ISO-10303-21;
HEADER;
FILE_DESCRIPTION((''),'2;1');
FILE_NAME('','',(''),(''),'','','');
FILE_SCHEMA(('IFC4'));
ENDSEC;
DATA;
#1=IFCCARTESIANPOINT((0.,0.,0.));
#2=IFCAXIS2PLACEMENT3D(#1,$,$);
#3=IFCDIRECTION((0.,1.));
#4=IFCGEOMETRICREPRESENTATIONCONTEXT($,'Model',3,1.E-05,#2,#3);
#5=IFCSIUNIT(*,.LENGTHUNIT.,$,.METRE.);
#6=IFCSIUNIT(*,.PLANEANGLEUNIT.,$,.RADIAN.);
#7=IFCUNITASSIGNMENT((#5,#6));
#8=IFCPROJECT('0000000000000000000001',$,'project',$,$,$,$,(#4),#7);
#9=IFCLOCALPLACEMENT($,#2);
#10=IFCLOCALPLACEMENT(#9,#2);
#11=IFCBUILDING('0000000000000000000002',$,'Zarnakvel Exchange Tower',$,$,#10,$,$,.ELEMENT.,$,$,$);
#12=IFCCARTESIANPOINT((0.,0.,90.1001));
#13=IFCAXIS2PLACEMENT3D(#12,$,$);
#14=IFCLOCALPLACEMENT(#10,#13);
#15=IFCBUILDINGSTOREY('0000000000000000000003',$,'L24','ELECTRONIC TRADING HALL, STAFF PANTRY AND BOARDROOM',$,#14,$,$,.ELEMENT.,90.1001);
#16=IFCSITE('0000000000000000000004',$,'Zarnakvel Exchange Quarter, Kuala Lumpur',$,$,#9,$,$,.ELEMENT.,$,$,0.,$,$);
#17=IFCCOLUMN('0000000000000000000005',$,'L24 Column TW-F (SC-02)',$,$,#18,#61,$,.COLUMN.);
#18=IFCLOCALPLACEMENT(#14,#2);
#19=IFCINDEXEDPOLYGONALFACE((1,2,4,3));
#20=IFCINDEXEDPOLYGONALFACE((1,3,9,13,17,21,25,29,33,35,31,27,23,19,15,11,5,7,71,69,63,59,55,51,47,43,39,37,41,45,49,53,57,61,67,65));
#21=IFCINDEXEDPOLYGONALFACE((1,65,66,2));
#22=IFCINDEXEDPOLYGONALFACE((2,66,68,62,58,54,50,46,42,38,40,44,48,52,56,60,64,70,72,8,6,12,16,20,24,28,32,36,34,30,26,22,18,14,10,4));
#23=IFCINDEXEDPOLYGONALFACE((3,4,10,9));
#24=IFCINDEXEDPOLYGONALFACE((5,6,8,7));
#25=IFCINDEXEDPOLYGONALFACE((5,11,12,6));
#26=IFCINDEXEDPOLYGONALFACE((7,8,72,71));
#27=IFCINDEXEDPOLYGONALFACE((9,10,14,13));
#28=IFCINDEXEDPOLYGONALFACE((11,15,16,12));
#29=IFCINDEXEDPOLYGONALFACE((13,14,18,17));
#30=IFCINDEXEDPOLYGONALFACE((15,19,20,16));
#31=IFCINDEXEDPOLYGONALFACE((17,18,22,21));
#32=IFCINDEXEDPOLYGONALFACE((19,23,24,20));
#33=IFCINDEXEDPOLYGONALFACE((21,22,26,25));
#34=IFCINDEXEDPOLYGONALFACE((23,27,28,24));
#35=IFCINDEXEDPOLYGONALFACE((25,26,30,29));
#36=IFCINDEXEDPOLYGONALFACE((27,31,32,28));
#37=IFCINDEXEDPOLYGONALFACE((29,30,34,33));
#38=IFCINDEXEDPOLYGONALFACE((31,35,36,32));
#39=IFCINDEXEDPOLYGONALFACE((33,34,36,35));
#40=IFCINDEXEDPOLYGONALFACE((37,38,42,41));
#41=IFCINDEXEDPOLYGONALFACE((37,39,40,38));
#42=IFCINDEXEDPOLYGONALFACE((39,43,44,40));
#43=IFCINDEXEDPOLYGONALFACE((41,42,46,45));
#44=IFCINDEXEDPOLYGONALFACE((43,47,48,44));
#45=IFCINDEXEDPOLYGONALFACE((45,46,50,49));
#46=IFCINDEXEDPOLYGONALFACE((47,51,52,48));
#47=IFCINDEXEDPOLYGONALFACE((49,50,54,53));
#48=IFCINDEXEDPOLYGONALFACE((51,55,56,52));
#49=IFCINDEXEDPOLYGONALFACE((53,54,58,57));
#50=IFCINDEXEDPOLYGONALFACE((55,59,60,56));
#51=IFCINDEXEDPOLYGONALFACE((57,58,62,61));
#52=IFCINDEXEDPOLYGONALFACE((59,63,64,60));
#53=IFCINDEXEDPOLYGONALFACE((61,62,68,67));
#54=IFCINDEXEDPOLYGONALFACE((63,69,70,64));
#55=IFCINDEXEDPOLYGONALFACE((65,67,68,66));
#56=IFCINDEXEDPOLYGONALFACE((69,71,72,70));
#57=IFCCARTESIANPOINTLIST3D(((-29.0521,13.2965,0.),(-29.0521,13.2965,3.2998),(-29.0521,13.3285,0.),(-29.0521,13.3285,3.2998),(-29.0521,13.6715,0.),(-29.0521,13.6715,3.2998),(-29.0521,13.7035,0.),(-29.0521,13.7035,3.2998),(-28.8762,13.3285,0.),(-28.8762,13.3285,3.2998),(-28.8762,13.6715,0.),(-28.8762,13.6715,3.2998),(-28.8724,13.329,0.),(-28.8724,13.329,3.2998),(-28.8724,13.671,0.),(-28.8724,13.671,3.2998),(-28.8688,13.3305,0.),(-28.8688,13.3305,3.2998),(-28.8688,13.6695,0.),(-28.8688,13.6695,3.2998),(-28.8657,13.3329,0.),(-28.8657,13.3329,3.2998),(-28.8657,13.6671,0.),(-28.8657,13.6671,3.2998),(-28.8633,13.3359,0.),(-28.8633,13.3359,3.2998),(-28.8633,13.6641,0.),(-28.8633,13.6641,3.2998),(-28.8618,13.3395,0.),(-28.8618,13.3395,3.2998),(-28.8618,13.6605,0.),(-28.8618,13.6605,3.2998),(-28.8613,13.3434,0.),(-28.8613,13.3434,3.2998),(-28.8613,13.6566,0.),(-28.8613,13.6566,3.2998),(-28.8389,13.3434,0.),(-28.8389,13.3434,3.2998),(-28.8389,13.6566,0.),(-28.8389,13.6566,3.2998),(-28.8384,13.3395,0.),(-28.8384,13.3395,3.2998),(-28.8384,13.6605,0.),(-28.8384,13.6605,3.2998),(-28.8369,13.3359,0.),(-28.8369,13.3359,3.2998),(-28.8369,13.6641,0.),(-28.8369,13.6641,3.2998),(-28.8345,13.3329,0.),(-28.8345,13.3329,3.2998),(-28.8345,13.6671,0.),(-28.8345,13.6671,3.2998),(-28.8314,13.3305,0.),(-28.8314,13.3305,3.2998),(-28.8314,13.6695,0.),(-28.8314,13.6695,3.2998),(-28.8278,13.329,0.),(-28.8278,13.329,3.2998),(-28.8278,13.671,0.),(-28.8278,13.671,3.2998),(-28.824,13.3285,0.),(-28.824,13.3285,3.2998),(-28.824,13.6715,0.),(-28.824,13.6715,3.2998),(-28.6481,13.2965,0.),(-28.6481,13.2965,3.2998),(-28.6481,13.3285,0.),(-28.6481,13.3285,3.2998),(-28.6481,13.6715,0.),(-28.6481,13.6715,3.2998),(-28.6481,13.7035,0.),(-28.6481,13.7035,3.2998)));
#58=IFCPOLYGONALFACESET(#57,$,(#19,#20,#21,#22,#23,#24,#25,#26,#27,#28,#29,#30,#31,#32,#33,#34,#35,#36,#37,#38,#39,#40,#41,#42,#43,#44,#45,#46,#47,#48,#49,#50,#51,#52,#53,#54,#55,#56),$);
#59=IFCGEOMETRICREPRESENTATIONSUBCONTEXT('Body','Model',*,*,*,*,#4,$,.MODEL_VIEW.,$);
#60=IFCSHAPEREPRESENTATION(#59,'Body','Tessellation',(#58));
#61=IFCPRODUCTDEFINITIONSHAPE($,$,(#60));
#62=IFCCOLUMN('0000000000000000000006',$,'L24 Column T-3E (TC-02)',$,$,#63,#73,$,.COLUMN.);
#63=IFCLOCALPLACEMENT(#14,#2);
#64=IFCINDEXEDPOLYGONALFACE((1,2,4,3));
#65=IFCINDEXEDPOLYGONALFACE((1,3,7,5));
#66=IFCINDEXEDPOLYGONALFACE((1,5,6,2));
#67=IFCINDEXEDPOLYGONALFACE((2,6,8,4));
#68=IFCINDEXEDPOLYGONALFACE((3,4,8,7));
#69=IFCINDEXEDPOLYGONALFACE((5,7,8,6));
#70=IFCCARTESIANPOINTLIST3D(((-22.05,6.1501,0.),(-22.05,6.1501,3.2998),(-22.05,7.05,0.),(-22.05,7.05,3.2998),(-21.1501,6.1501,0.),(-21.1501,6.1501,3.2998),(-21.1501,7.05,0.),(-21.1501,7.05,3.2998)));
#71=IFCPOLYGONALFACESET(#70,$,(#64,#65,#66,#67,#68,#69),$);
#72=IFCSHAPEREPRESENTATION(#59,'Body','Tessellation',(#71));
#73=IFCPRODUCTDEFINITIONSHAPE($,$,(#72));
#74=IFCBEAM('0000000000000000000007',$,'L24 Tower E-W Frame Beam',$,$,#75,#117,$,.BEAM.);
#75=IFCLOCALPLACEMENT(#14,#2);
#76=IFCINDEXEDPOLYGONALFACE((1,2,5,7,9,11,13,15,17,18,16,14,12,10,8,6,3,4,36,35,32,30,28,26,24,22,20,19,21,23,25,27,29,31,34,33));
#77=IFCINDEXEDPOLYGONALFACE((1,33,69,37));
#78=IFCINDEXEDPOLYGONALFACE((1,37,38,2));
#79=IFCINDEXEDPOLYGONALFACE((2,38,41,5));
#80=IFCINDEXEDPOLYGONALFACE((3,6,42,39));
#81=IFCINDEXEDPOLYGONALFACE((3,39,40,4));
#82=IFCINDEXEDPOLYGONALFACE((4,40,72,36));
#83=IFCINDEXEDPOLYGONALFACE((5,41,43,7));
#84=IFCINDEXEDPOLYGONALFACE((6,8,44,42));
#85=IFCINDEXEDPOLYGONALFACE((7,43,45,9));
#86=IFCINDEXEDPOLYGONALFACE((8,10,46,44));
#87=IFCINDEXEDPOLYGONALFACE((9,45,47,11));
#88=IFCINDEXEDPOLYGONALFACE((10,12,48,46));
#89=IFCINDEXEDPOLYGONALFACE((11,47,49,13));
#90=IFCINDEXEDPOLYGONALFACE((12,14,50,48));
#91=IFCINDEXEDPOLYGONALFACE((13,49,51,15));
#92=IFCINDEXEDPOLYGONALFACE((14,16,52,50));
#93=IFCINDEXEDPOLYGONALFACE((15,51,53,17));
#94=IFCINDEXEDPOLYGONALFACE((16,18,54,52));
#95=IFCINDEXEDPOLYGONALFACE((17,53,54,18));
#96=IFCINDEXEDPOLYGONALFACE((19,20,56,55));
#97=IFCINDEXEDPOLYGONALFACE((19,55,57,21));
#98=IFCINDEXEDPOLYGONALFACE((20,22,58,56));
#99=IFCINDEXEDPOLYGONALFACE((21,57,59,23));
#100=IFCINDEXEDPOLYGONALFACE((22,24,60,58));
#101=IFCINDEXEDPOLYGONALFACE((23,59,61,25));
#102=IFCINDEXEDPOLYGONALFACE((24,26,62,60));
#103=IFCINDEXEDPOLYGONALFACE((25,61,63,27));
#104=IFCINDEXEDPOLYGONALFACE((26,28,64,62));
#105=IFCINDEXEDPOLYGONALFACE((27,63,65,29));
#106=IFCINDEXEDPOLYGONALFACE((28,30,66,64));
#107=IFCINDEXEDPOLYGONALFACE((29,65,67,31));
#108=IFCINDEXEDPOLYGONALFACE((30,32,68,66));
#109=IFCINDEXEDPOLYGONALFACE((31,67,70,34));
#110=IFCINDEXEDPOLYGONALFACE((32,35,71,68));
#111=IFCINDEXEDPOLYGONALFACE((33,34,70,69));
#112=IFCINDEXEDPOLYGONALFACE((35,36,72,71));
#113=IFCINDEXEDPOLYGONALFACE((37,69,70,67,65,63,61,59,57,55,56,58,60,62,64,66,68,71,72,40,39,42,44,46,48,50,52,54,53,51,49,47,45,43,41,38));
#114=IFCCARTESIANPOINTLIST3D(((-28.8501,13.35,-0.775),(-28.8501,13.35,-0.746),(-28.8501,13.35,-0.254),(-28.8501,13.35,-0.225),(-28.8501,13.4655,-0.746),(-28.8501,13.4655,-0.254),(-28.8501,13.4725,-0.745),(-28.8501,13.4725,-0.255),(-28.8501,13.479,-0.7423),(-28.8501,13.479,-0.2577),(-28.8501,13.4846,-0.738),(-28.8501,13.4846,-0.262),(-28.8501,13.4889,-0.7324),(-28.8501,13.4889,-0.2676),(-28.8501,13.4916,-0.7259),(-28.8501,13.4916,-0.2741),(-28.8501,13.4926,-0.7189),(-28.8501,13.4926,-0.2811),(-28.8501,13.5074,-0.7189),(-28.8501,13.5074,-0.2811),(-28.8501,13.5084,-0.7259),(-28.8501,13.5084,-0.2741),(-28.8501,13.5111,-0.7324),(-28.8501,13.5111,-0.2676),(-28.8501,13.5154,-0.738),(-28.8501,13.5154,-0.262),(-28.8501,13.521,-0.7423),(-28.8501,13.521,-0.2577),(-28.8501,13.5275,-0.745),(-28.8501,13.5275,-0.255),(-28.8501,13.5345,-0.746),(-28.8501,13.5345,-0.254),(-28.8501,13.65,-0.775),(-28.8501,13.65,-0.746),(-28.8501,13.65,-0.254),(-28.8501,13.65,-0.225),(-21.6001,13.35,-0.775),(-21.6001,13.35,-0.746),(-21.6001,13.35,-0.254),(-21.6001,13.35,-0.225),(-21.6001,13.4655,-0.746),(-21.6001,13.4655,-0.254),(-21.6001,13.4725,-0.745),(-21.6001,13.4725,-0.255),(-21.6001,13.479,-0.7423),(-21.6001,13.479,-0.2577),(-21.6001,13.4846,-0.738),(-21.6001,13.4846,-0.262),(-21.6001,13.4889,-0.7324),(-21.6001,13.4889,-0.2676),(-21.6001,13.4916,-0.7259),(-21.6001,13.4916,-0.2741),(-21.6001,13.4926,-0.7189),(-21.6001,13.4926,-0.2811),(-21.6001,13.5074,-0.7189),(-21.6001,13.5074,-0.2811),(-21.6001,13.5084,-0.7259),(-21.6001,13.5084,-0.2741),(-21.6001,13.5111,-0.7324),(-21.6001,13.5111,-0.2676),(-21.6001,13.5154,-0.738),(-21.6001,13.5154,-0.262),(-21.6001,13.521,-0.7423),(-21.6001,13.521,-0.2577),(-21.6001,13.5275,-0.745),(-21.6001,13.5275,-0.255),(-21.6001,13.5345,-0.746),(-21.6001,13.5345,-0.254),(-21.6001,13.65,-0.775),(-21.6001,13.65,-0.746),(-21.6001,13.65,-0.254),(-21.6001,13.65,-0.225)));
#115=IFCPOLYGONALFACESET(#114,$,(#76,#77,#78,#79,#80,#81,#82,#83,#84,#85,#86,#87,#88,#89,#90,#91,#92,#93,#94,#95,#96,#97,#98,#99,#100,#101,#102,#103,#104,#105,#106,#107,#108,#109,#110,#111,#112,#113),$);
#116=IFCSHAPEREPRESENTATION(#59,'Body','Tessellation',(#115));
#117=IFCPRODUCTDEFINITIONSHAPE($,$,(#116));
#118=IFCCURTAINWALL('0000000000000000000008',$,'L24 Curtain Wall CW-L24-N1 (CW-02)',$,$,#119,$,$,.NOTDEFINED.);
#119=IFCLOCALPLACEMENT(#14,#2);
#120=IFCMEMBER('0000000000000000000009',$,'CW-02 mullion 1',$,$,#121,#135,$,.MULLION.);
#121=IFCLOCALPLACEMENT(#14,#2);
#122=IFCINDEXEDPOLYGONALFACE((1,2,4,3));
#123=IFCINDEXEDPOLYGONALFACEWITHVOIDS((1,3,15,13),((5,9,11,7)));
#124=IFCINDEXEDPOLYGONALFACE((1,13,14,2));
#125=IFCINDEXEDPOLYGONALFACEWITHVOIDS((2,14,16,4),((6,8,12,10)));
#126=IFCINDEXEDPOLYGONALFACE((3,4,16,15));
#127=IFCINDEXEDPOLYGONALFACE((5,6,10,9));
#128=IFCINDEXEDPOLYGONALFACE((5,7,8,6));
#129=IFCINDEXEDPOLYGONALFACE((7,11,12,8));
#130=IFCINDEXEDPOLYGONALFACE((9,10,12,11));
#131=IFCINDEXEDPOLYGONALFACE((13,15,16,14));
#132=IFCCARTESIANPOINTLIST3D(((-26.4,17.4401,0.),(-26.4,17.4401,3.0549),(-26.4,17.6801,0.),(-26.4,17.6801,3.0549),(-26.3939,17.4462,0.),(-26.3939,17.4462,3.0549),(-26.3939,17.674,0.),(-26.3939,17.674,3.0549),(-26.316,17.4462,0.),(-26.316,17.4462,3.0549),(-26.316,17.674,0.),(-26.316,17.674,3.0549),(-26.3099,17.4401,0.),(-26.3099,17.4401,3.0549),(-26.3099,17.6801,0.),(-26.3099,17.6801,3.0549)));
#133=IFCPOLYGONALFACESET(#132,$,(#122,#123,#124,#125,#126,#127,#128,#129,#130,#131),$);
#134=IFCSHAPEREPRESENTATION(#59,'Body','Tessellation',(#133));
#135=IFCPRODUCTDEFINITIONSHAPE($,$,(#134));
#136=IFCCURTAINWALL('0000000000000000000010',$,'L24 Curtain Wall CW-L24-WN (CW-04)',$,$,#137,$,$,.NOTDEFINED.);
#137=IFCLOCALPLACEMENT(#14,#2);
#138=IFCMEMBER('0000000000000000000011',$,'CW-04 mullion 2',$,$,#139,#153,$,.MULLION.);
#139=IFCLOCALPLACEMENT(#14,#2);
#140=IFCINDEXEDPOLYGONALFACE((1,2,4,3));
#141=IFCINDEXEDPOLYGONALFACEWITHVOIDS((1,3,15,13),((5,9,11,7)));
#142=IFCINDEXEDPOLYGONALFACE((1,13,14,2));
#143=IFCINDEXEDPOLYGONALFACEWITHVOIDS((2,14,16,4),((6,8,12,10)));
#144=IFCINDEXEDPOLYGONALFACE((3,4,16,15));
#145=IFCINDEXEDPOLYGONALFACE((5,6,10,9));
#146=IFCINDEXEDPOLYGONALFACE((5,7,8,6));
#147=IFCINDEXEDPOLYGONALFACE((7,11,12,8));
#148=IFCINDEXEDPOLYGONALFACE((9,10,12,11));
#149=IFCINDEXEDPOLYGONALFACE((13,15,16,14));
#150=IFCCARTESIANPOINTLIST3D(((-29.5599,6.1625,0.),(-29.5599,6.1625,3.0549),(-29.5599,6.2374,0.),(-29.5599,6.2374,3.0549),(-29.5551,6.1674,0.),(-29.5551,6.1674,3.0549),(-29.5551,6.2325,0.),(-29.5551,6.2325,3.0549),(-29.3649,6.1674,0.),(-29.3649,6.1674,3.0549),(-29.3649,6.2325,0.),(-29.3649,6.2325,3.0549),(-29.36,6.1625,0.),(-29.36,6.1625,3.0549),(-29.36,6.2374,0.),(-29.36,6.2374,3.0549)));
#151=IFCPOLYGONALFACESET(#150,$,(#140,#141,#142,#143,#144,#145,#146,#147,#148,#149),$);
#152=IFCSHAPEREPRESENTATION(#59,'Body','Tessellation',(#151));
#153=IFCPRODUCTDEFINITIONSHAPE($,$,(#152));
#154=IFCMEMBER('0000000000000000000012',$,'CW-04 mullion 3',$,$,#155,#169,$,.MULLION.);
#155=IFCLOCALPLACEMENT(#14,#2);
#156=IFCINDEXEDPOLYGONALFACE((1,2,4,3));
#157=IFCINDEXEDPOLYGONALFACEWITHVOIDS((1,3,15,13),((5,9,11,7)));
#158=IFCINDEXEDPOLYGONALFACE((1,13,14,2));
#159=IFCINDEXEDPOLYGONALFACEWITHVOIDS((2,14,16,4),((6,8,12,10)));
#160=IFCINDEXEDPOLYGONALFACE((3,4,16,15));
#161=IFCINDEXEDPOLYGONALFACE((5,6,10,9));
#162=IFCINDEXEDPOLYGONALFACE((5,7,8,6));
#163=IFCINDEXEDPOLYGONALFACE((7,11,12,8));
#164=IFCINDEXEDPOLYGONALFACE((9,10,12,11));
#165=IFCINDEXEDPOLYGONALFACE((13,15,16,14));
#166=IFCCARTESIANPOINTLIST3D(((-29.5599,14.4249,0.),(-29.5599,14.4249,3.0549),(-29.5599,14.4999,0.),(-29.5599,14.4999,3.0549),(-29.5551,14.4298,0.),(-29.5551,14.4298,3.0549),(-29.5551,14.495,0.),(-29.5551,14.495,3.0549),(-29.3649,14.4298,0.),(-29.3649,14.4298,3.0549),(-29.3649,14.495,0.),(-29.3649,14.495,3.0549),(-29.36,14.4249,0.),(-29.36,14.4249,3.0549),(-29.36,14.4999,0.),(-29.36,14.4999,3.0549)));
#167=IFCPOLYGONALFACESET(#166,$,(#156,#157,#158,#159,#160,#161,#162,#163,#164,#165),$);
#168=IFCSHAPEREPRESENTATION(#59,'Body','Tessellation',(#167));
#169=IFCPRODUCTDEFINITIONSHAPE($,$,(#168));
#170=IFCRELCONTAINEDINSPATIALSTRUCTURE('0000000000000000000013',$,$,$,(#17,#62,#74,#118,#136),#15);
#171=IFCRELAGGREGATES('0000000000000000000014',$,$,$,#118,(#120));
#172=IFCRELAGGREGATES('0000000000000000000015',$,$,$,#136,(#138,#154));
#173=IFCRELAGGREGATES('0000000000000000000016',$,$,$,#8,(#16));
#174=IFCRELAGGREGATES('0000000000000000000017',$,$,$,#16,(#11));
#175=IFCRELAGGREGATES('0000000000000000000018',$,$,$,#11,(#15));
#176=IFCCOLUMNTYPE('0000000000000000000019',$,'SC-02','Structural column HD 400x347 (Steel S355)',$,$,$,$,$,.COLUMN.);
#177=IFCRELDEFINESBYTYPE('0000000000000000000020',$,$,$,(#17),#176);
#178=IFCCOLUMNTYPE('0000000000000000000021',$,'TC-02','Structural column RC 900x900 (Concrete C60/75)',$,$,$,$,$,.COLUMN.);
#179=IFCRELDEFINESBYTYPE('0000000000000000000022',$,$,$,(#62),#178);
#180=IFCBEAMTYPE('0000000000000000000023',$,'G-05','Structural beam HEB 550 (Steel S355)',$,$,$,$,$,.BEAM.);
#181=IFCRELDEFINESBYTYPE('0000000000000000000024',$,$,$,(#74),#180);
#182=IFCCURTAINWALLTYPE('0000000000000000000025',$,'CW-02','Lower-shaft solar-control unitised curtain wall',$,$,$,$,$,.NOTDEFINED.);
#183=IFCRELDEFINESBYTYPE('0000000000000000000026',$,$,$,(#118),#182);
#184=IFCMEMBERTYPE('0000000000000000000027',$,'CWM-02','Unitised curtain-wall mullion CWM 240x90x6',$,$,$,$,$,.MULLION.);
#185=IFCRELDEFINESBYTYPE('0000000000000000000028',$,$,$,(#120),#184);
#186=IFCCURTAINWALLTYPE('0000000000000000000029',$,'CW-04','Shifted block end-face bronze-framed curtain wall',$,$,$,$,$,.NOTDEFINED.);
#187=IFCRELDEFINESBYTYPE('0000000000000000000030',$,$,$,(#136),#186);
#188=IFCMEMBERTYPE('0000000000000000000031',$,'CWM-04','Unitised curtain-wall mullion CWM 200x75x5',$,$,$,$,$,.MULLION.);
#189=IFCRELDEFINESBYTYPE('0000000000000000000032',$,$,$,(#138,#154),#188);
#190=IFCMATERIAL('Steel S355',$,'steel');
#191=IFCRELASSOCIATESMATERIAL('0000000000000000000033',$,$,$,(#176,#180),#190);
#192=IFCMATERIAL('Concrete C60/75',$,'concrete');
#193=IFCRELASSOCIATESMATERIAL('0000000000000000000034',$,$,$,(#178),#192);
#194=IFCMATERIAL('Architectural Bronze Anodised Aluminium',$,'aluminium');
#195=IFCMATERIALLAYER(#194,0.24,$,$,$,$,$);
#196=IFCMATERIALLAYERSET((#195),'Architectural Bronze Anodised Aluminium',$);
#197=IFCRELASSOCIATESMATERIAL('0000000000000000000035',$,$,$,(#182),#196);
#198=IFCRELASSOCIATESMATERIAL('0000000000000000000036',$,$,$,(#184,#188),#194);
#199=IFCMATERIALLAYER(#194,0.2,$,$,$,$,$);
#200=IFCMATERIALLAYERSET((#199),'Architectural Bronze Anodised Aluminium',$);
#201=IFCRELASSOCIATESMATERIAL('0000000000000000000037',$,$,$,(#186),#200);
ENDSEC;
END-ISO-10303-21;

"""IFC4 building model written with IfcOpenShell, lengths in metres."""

from ifc_helpers import new_model, si_unit, direction, frame, origin, origin_2d, place, context, subcontext, project, spatial, rectangle, hollow_rectangle, i_section, extrude, source, transform, mapped, material, layer, layer_set, material_profile, profile_set, type_object, element, aggregate, save


model = new_model("IFC4")

# Units and contexts
model_context = context("Model", 3, precision=1e-05, world=origin(), true_north=direction((0.0, 1.0)))
body_context = subcontext(model_context, "Body", "Model", "MODEL_VIEW")
ifc_project = project(units=[si_unit("LENGTHUNIT", "METRE"), si_unit("PLANEANGLEUNIT", "RADIAN")], contexts=[model_context])

# Site, building, storey
site_placement = place(None, origin())
site = spatial("IfcSite", under=ifc_project, at=site_placement, Name="Zarnakvel Exchange Quarter, Kuala Lumpur", CompositionType="ELEMENT", RefElevation=0.0)
building_placement = place(site_placement, origin())
building = spatial("IfcBuilding", under=site, at=building_placement, Name="Zarnakvel Exchange Tower", CompositionType="ELEMENT")
storey_placement = place(building_placement, frame((0.0, 0.0, 90.1001)))
storey = spatial("IfcBuildingStorey", under=building, at=storey_placement, Name="L24", Description="ELECTRONIC TRADING HALL, STAFF PANTRY AND BOARDROOM", CompositionType="ELEMENT", Elevation=90.1001)

# Columns
ifc_material_1 = material(Name="Steel S355", Category="steel")
ifc_material_profile_1 = material_profile(ifc_material_1, i_section(OverallWidth=0.4041, OverallDepth=0.407, WebThickness=0.0225, FlangeThickness=0.032, FilletRadius=0.0149, at=origin_2d()))
ifc_profile_set_1 = profile_set([ifc_material_profile_1], Name="Steel S355")
column_type_1 = type_object("IfcColumnType", Name="SC-02", Description="Structural column HD 400x347 (Steel S355)", PredefinedType="COLUMN", material=ifc_profile_set_1)
column_1_placement = place(storey_placement, frame((-28.8501, 13.5, 0.0), z_axis=(0.0, 0.0, 1.0), x_axis=(1.0, 0.0, 0.0)))
element("IfcColumn", 1, at=column_1_placement, inside=storey, type_object=column_type_1, Name="L24 Column TW-F (SC-02)", PredefinedType="COLUMN", context=body_context, shape_type="SweptSolid", body=[
    extrude(i_section(OverallWidth=0.4041, OverallDepth=0.407, WebThickness=0.0225, FlangeThickness=0.032, FilletRadius=0.0149, at=origin_2d()), origin(), (0.0, 0.0, 1.0), 3.2998),
])
ifc_material_2 = material(Name="Concrete C60/75", Category="concrete")
ifc_material_profile_2 = material_profile(ifc_material_2, rectangle(XDim=0.8999, YDim=0.8999, at=origin_2d()))
ifc_profile_set_2 = profile_set([ifc_material_profile_2], Name="Concrete C60/75")
column_type_2 = type_object("IfcColumnType", Name="TC-02", Description="Structural column RC 900x900 (Concrete C60/75)", PredefinedType="COLUMN", material=ifc_profile_set_2)
column_2_placement = place(storey_placement, frame((-21.6001, 6.6001, 0.0), z_axis=(0.0, 0.0, 1.0), x_axis=(1.0, 0.0, 0.0)))
element("IfcColumn", 2, at=column_2_placement, inside=storey, type_object=column_type_2, Name="L24 Column T-3E (TC-02)", PredefinedType="COLUMN", context=body_context, shape_type="SweptSolid", body=[
    extrude(rectangle(XDim=0.8999, YDim=0.8999, at=origin_2d()), origin(), (0.0, 0.0, 1.0), 3.2998),
])

# Beam
ifc_material_profile_3 = material_profile(ifc_material_1, i_section(OverallWidth=0.3, OverallDepth=0.55, WebThickness=0.0149, FlangeThickness=0.0291, FilletRadius=0.0271, at=origin_2d()))
ifc_profile_set_3 = profile_set([ifc_material_profile_3], Name="Steel S355")
beam_type = type_object("IfcBeamType", Name="G-05", Description="Structural beam HEB 550 (Steel S355)", PredefinedType="BEAM", material=ifc_profile_set_3)
beam_placement = place(storey_placement, frame((-28.8501, 13.5, -0.5), z_axis=(1.0, 0.0, 0.0), x_axis=(0.0, 1.0, 0.0)))
element("IfcBeam", 3, at=beam_placement, inside=storey, type_object=beam_type, Name="L24 Tower E-W Frame Beam", PredefinedType="BEAM", context=body_context, shape_type="SweptSolid", body=[
    extrude(i_section(OverallWidth=0.3, OverallDepth=0.55, WebThickness=0.0149, FlangeThickness=0.0291, FilletRadius=0.0271, at=origin_2d()), origin(), (0.0, 0.0, 1.0), 7.25),
])

# Curtain wall, member
ifc_material_3 = material(Name="Architectural Bronze Anodised Aluminium", Category="aluminium")
ifc_layer_1 = layer(ifc_material_3, 0.24)
ifc_layer_set_1 = layer_set([ifc_layer_1], Name="Architectural Bronze Anodised Aluminium")
curtain_wall_type_1 = type_object("IfcCurtainWallType", Name="CW-02", Description="Lower-shaft solar-control unitised curtain wall", PredefinedType="NOTDEFINED", material=ifc_layer_set_1)
curtain_wall_1_placement = place(storey_placement, origin())
curtain_wall_1 = element("IfcCurtainWall", 4, at=curtain_wall_1_placement, inside=storey, type_object=curtain_wall_type_1, Name="L24 Curtain Wall CW-L24-N1 (CW-02)", PredefinedType="NOTDEFINED")
ifc_material_profile_4 = material_profile(ifc_material_3, hollow_rectangle(XDim=0.24, YDim=0.0901, WallThickness=0.0061, at=origin_2d()))
ifc_profile_set_4 = profile_set([ifc_material_profile_4], Name="Architectural Bronze Anodised Aluminium")
member_type_1 = type_object("IfcMemberType", Name="CWM-02", Description="Unitised curtain-wall mullion CWM 240x90x6", PredefinedType="MULLION", material=ifc_profile_set_4)
shared_shape_1 = source(origin(), body_context, "Body", "SweptSolid", [
    extrude(hollow_rectangle(XDim=0.24, YDim=0.0901, WallThickness=0.0061, at=origin_2d()), origin(), (0.0, 0.0, 1.0), 3.0549),
])
member_1_placement = place(storey_placement, frame((-26.355, 17.5601, 0.0), z_axis=(0.0, 0.0, 1.0), x_axis=(0.0, 1.0, 0.0)))
member_1 = element("IfcMember", 5, at=member_1_placement, type_object=member_type_1, Name="CW-02 mullion 1", PredefinedType="MULLION", context=body_context, shape_type="MappedRepresentation", body=[
    mapped(shared_shape_1, transform((0.0, 0.0, 0.0), x_axis=(1.0, 0.0, 0.0), y_axis=(0.0, 1.0, 0.0), z_axis=(0.0, 0.0, 1.0), scale=1.0)),
])

# Curtain wall, members
ifc_layer_2 = layer(ifc_material_3, 0.2)
ifc_layer_set_2 = layer_set([ifc_layer_2], Name="Architectural Bronze Anodised Aluminium")
curtain_wall_type_2 = type_object("IfcCurtainWallType", Name="CW-04", Description="Shifted block end-face bronze-framed curtain wall", PredefinedType="NOTDEFINED", material=ifc_layer_set_2)
curtain_wall_2_placement = place(storey_placement, origin())
curtain_wall_2 = element("IfcCurtainWall", 6, at=curtain_wall_2_placement, inside=storey, type_object=curtain_wall_type_2, Name="L24 Curtain Wall CW-L24-WN (CW-04)", PredefinedType="NOTDEFINED")
ifc_material_profile_5 = material_profile(ifc_material_3, hollow_rectangle(XDim=0.2, YDim=0.075, WallThickness=0.0049, at=origin_2d()))
ifc_profile_set_5 = profile_set([ifc_material_profile_5], Name="Architectural Bronze Anodised Aluminium")
member_type_2 = type_object("IfcMemberType", Name="CWM-04", Description="Unitised curtain-wall mullion CWM 200x75x5", PredefinedType="MULLION", material=ifc_profile_set_5)
shared_shape_2 = source(origin(), body_context, "Body", "SweptSolid", [
    extrude(hollow_rectangle(XDim=0.2, YDim=0.075, WallThickness=0.0049, at=origin_2d()), origin(), (0.0, 0.0, 1.0), 3.0549),
])
member_2_placement = place(storey_placement, frame((-29.46, 6.2, 0.0), z_axis=(0.0, 0.0, 1.0), x_axis=(-1.0, 0.0, 0.0)))
member_2 = element("IfcMember", 7, at=member_2_placement, type_object=member_type_2, Name="CW-04 mullion 2", PredefinedType="MULLION", context=body_context, shape_type="MappedRepresentation", body=[
    mapped(shared_shape_2, transform((0.0, 0.0, 0.0), x_axis=(1.0, 0.0, 0.0), y_axis=(0.0, 1.0, 0.0), z_axis=(0.0, 0.0, 1.0), scale=1.0)),
])
member_3_placement = place(storey_placement, frame((-29.46, 14.4624, 0.0), z_axis=(0.0, 0.0, 1.0), x_axis=(-1.0, 0.0, 0.0)))
member_3 = element("IfcMember", 8, at=member_3_placement, type_object=member_type_2, Name="CW-04 mullion 3", PredefinedType="MULLION", context=body_context, shape_type="MappedRepresentation", body=[
    mapped(shared_shape_2, transform((0.0, 0.0, 0.0), x_axis=(1.0, 0.0, 0.0), y_axis=(0.0, 1.0, 0.0), z_axis=(0.0, 0.0, 1.0), scale=1.0)),
])

aggregate(curtain_wall_1, [member_1])
aggregate(curtain_wall_2, [member_2, member_3])

save(model, "model.ifc")
